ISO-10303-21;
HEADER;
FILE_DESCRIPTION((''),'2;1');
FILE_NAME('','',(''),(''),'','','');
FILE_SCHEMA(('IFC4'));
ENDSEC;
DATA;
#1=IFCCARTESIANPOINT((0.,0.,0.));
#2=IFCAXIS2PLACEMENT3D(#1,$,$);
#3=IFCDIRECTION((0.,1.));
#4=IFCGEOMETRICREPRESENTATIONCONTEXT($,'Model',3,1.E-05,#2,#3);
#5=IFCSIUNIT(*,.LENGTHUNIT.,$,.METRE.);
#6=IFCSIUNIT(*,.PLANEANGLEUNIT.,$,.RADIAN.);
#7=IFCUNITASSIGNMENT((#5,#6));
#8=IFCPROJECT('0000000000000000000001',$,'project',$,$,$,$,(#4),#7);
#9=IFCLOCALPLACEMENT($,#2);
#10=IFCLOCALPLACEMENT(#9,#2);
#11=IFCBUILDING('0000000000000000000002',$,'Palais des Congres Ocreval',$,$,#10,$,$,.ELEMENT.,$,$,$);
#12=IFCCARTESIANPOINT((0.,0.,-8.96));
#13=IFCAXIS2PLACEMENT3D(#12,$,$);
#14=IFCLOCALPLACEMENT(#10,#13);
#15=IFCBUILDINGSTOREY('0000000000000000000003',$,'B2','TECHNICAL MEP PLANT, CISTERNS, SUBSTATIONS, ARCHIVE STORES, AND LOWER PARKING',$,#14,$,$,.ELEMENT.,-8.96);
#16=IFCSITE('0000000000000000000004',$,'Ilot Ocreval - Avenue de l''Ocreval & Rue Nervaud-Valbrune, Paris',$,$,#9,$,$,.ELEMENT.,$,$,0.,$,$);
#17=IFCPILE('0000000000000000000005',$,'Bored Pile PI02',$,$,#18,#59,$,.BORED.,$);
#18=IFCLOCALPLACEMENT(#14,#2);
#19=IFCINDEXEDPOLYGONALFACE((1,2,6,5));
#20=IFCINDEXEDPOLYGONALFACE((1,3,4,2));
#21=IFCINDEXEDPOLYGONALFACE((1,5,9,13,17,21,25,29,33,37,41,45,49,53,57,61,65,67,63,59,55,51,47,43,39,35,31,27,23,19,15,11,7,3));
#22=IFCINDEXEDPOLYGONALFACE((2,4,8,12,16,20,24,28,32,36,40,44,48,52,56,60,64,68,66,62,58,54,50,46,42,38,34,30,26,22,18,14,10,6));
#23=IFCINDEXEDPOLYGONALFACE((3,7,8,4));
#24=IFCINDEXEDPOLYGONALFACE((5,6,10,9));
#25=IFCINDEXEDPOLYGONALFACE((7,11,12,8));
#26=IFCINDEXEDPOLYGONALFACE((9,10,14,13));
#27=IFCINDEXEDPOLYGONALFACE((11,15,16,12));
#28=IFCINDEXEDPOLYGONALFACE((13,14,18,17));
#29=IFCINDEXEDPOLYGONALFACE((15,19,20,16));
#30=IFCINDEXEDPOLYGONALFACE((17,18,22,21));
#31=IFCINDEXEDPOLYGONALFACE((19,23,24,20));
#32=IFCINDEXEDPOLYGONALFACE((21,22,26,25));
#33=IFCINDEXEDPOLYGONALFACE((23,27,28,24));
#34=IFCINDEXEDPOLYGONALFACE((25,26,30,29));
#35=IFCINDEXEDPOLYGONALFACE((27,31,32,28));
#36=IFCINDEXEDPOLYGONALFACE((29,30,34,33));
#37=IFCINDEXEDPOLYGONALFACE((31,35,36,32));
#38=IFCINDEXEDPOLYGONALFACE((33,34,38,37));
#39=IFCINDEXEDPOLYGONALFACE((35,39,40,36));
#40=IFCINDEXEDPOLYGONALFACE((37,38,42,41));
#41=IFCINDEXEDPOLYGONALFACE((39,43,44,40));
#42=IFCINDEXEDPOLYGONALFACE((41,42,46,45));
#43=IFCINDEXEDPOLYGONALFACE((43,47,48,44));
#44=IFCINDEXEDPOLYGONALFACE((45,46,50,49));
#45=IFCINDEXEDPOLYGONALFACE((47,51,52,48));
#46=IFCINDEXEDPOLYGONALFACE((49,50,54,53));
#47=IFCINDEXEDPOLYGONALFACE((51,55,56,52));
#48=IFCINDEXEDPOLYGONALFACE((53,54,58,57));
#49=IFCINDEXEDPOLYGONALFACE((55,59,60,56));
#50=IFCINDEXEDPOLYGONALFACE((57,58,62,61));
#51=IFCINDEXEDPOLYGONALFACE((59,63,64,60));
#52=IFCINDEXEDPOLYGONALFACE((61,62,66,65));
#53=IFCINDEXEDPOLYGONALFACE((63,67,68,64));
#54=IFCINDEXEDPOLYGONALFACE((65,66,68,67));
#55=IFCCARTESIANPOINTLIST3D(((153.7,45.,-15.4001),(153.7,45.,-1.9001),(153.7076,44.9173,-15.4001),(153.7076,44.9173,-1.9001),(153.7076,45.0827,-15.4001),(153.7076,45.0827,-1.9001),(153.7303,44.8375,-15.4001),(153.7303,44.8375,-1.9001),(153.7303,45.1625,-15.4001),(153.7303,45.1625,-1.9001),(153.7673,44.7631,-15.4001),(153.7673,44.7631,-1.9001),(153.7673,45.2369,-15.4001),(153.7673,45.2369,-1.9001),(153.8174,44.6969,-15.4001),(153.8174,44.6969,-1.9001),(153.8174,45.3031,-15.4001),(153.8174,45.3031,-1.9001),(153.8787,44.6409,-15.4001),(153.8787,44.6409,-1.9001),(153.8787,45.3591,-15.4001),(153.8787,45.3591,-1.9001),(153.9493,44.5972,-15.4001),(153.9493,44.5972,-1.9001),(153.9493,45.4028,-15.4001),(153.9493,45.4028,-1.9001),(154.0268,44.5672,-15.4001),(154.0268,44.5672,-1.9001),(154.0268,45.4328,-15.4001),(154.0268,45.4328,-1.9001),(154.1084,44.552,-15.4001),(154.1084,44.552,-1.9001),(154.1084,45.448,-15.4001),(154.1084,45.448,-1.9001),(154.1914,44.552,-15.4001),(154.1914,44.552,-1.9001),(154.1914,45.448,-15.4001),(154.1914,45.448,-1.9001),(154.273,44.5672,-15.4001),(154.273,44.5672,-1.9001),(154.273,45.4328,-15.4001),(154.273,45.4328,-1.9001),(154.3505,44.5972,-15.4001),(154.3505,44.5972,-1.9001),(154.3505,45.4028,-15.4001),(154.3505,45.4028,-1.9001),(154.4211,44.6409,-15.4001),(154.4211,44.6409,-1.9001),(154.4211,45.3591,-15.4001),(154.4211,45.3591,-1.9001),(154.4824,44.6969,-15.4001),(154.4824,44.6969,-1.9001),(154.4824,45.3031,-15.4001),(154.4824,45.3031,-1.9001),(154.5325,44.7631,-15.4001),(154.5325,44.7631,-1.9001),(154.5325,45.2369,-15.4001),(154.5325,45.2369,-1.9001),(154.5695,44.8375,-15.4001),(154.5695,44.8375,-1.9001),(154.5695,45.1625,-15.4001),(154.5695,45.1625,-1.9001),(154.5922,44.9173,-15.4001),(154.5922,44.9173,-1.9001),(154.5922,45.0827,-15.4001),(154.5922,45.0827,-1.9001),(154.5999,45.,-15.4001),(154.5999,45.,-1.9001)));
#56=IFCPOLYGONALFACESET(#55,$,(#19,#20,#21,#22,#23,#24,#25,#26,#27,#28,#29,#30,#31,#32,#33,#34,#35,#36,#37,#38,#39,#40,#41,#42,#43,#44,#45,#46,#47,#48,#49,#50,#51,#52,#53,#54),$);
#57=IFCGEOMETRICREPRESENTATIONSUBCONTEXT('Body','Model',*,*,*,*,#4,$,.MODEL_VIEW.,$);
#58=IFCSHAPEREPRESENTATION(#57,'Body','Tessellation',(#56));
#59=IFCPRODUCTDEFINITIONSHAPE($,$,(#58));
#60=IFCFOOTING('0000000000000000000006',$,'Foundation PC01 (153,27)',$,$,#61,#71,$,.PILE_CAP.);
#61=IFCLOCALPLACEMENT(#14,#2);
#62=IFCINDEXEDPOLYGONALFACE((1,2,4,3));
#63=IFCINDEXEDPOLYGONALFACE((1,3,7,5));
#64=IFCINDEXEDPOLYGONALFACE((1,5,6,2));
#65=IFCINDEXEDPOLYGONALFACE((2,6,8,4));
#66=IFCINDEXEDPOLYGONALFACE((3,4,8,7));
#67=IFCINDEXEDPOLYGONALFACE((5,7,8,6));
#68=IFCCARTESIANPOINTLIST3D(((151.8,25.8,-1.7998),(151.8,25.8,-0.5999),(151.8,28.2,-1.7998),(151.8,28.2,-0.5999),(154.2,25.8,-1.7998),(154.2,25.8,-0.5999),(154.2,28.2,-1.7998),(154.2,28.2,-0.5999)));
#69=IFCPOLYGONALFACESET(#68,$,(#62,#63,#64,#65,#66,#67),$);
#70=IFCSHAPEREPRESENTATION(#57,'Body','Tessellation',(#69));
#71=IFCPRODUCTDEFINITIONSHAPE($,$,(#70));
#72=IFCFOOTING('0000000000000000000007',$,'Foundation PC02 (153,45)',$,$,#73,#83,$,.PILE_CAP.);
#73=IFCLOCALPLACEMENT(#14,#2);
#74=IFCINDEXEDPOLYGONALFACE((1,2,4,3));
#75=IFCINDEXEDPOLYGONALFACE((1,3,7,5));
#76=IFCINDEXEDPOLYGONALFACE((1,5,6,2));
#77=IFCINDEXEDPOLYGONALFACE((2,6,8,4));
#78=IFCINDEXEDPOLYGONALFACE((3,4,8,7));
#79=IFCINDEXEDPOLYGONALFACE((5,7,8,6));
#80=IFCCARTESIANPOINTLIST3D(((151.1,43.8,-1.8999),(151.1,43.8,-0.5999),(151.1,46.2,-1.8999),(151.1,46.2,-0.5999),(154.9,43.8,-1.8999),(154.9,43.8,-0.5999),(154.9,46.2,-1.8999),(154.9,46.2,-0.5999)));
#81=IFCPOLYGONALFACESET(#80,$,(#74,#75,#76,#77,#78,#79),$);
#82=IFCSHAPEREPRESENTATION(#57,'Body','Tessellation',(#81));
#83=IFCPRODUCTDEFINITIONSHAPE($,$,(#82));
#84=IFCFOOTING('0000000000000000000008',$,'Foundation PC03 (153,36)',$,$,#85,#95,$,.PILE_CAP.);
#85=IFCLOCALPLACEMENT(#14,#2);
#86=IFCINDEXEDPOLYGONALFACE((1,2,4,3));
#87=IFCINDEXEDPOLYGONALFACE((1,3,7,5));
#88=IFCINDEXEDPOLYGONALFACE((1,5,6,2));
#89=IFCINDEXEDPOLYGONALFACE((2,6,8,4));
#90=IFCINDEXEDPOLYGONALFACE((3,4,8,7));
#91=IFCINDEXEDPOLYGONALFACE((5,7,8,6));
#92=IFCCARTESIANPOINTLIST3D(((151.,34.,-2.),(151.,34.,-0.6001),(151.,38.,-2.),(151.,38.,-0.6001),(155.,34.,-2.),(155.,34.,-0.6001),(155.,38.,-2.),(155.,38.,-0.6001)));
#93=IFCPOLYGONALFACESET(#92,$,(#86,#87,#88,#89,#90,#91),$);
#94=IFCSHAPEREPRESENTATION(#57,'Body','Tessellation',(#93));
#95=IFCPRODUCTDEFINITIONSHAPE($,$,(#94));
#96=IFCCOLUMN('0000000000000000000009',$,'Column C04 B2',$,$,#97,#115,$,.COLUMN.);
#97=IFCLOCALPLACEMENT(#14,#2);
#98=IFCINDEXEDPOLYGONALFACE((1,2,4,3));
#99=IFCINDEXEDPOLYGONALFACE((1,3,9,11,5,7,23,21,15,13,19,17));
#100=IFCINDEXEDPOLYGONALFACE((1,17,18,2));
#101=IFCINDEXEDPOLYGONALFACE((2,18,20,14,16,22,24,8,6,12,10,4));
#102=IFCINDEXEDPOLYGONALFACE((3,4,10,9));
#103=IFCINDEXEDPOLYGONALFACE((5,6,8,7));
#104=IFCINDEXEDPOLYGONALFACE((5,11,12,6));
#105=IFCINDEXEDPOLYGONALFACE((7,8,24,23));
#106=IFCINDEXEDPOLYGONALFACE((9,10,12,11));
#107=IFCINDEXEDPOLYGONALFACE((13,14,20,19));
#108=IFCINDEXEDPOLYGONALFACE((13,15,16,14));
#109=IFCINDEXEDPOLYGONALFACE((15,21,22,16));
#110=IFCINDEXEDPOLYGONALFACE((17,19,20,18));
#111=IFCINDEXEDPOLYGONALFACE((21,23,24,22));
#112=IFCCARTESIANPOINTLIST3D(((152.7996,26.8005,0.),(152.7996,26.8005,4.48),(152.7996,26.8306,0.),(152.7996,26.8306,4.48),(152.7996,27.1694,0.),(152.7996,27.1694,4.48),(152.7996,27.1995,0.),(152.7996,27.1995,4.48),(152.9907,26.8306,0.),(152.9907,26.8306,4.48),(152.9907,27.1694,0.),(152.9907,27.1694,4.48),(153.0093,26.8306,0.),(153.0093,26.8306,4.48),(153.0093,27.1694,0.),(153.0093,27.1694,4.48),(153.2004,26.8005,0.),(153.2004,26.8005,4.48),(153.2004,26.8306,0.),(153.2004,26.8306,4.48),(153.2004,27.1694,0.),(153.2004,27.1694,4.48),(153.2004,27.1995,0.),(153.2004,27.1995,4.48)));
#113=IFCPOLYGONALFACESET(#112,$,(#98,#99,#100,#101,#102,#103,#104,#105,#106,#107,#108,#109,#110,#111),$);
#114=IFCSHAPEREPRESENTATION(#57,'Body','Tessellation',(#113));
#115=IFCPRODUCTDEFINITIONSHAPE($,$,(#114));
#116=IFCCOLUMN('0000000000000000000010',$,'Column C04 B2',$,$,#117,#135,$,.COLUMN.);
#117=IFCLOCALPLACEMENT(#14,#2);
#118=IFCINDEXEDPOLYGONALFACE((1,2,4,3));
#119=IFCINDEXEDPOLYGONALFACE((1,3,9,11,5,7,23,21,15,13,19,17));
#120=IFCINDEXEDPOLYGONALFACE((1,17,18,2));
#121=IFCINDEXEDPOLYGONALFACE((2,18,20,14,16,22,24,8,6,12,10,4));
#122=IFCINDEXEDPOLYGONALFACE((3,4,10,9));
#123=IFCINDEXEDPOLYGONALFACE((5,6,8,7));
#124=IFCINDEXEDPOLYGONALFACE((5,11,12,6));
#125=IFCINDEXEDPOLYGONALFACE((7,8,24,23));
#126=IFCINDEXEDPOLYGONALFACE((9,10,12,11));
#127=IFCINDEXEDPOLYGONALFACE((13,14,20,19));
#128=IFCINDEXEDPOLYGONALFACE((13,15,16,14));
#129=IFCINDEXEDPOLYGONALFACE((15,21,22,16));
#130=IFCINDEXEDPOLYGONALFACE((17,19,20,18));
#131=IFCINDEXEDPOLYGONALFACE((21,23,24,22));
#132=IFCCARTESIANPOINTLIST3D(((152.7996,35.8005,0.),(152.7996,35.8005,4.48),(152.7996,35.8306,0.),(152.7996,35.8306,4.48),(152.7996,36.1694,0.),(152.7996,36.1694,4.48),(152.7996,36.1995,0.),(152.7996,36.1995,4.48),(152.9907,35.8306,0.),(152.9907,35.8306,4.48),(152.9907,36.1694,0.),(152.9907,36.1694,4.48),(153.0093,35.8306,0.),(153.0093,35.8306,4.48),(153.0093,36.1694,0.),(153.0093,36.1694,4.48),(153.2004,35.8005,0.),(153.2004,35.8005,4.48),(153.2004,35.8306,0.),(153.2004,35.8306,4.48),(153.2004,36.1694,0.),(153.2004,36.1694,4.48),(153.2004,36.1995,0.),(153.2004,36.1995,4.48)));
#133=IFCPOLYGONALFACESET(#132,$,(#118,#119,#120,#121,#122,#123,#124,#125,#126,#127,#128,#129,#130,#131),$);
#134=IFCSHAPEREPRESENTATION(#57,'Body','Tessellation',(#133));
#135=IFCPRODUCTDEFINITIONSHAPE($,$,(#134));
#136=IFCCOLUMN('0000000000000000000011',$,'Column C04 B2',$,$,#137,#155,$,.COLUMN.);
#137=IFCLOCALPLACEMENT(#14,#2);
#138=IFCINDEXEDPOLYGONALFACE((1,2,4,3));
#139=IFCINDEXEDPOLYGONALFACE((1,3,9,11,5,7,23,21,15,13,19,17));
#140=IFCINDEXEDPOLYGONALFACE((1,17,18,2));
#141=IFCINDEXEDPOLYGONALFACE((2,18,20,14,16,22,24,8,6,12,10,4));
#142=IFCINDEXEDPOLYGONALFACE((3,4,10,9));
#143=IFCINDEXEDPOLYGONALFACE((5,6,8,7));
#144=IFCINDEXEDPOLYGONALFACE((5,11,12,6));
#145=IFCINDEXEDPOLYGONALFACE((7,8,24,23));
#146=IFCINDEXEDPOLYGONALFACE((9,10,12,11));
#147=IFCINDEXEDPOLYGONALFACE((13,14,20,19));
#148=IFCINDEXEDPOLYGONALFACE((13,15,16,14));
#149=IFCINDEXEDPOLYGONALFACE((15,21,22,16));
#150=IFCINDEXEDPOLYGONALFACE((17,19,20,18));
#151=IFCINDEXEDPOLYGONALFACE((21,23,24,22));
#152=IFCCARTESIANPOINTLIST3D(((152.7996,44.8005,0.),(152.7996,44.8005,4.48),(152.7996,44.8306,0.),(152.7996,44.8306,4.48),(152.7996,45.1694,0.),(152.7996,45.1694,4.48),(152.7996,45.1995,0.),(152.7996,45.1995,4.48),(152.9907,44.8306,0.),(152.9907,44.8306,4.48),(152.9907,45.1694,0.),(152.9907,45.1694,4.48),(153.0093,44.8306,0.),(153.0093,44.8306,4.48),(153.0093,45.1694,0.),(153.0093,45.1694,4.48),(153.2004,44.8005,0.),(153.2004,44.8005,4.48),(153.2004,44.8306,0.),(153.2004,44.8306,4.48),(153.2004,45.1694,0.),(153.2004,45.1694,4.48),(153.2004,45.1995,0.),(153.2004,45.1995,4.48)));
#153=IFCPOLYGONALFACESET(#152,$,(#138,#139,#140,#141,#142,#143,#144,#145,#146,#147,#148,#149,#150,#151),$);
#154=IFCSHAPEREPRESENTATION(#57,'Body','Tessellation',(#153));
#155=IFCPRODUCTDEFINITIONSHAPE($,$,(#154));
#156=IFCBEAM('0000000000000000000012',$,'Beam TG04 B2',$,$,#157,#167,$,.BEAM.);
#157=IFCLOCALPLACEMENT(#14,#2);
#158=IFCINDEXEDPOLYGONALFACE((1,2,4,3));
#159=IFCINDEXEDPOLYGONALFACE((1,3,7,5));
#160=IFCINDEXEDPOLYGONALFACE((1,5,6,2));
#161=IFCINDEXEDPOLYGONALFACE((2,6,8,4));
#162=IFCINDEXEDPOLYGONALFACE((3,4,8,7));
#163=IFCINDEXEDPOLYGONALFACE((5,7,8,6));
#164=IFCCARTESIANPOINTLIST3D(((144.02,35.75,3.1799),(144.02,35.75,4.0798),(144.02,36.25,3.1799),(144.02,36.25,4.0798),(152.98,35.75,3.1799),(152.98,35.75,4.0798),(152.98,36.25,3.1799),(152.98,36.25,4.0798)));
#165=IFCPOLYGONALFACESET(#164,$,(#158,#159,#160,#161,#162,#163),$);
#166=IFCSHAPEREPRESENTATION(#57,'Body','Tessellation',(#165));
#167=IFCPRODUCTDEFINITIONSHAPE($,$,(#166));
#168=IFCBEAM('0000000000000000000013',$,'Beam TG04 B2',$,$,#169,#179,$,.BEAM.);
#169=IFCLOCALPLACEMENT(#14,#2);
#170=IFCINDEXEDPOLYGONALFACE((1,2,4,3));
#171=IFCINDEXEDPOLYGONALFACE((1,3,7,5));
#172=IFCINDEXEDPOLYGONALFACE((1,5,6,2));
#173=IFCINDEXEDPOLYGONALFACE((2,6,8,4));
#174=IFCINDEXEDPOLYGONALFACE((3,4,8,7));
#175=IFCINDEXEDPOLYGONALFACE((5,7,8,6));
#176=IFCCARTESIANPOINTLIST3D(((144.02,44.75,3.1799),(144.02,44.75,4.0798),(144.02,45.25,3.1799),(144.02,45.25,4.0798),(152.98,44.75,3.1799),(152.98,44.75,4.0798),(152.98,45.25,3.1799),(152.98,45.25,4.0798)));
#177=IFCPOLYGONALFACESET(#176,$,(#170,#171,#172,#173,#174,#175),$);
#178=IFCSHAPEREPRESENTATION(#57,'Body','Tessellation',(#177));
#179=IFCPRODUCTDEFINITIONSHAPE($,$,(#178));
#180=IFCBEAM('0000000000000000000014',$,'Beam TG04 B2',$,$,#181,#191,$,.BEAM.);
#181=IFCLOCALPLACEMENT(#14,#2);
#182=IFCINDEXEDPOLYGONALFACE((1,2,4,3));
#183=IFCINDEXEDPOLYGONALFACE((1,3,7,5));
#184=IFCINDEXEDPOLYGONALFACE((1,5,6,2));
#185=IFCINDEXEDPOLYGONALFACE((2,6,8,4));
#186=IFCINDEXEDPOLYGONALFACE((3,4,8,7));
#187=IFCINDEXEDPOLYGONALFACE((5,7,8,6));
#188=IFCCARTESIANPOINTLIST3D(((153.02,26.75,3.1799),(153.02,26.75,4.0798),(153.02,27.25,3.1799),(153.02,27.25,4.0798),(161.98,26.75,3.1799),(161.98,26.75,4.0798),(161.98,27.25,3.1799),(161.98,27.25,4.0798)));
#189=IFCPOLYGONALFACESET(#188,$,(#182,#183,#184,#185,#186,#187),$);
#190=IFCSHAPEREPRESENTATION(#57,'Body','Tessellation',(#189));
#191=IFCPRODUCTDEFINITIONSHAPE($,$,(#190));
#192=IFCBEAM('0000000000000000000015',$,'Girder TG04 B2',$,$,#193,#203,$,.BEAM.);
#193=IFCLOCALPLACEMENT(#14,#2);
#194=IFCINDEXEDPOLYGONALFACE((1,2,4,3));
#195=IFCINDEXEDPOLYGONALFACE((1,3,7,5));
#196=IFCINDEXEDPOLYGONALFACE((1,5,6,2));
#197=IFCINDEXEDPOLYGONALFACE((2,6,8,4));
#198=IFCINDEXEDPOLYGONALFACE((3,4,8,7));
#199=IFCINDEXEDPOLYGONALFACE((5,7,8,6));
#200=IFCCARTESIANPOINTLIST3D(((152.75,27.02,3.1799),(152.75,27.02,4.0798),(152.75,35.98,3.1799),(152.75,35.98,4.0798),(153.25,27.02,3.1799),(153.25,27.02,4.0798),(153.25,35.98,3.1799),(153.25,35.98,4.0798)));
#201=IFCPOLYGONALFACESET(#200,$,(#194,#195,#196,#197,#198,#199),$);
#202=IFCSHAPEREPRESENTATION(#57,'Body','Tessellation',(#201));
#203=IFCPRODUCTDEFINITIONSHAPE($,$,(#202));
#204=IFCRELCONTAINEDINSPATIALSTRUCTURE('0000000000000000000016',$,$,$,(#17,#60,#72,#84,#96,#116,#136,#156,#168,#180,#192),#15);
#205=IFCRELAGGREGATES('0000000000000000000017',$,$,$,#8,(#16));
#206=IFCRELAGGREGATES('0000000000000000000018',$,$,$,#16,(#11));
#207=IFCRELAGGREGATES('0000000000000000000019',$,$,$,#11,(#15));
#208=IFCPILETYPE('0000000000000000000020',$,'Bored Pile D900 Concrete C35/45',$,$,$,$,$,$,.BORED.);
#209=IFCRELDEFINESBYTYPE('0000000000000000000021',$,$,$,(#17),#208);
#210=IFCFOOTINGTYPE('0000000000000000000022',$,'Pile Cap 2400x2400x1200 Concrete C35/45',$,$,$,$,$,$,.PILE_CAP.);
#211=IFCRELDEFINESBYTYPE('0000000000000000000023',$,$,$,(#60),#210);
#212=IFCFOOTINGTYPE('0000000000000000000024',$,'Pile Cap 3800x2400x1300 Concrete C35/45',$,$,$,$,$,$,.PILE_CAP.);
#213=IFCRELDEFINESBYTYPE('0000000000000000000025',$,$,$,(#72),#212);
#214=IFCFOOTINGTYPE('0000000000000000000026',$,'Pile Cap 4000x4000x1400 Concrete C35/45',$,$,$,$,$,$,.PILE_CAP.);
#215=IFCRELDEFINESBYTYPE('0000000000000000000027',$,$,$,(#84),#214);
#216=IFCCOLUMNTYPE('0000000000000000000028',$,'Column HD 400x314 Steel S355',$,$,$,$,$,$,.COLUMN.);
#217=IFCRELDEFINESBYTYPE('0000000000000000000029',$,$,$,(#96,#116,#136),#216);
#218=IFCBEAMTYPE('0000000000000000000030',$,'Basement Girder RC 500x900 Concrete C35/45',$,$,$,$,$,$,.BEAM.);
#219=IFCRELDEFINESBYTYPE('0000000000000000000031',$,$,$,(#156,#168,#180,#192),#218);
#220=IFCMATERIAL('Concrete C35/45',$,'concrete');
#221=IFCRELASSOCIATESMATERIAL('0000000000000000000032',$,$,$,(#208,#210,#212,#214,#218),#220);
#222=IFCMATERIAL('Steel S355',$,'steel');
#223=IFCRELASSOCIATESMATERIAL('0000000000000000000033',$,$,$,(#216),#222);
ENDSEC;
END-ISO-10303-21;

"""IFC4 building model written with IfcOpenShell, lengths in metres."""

from ifc_helpers import new_model, si_unit, direction, frame, origin, origin_2d, place, context, subcontext, project, spatial, rectangle, circle, i_section, extrude, material, material_profile, profile_set, type_object, element, save


model = new_model("IFC4")

# Units and contexts
model_context = context("Model", 3, precision=1e-05, world=origin(), true_north=direction((0.0, 1.0)))
body_context = subcontext(model_context, "Body", "Model", "MODEL_VIEW")
ifc_project = project(units=[si_unit("LENGTHUNIT", "METRE"), si_unit("PLANEANGLEUNIT", "RADIAN")], contexts=[model_context])

# Site, building, storey
site_placement = place(None, origin())
site = spatial("IfcSite", under=ifc_project, at=site_placement, Name="Ilot Ocreval - Avenue de l'Ocreval & Rue Nervaud-Valbrune, Paris", CompositionType="ELEMENT", RefElevation=0.0)
building_placement = place(site_placement, origin())
building = spatial("IfcBuilding", under=site, at=building_placement, Name="Palais des Congres Ocreval", CompositionType="ELEMENT")
storey_placement = place(building_placement, frame((0.0, 0.0, -8.96)))
storey = spatial("IfcBuildingStorey", under=building, at=storey_placement, Name="B2", Description="TECHNICAL MEP PLANT, CISTERNS, SUBSTATIONS, ARCHIVE STORES, AND LOWER PARKING", CompositionType="ELEMENT", Elevation=-8.96)

# Pile
ifc_material_1 = material(Name="Concrete C35/45", Category="concrete")
ifc_material_profile_1 = material_profile(ifc_material_1, circle(Radius=0.45, at=origin_2d()), Name="BORED PILE 900")
ifc_profile_set_1 = profile_set([ifc_material_profile_1], Name="Concrete C35/45")
pile_type_1 = type_object("IfcPileType", Name="Bored Pile D900 Concrete C35/45", PredefinedType="BORED", material=ifc_profile_set_1)
for number, where, z_axis, x_axis, name in (
    (1, (154.1499, 45.0, -1.9001), (0.0, 0.0, -1.0), (1.0, 0.0, 0.0), "Bored Pile PI02"),
):
    element("IfcPile", number, at=place(storey_placement, frame(where, z_axis=z_axis, x_axis=x_axis)), inside=storey, type_object=pile_type_1, Name=name, PredefinedType="BORED", context=body_context, shape_type="SweptSolid", body=[
        extrude(circle(Radius=0.45, at=origin_2d()), origin(), (0.0, 0.0, 1.0), 13.5),
    ])

# Footings
footing_type_1 = type_object("IfcFootingType", Name="Pile Cap 2400x2400x1200 Concrete C35/45", PredefinedType="PILE_CAP", material=ifc_material_1)
footing_1_placement = place(storey_placement, frame((153.0, 27.0, -1.7998), z_axis=(0.0, 0.0, 1.0), x_axis=(1.0, 0.0, 0.0)))
element("IfcFooting", 2, at=footing_1_placement, inside=storey, type_object=footing_type_1, Name="Foundation PC01 (153,27)", PredefinedType="PILE_CAP", context=body_context, shape_type="SweptSolid", body=[
    extrude(rectangle(XDim=2.3999, YDim=2.3999, at=origin_2d()), origin(), (0.0, 0.0, 1.0), 1.2),
])
footing_type_2 = type_object("IfcFootingType", Name="Pile Cap 3800x2400x1300 Concrete C35/45", PredefinedType="PILE_CAP", material=ifc_material_1)
footing_2_placement = place(storey_placement, frame((153.0, 45.0, -1.8999), z_axis=(0.0, 0.0, 1.0), x_axis=(1.0, 0.0, 0.0)))
element("IfcFooting", 3, at=footing_2_placement, inside=storey, type_object=footing_type_2, Name="Foundation PC02 (153,45)", PredefinedType="PILE_CAP", context=body_context, shape_type="SweptSolid", body=[
    extrude(rectangle(XDim=3.8, YDim=2.3999, at=origin_2d()), origin(), (0.0, 0.0, 1.0), 1.3),
])
footing_type_3 = type_object("IfcFootingType", Name="Pile Cap 4000x4000x1400 Concrete C35/45", PredefinedType="PILE_CAP", material=ifc_material_1)
footing_3_placement = place(storey_placement, frame((153.0, 36.0, -2.0), z_axis=(0.0, 0.0, 1.0), x_axis=(1.0, 0.0, 0.0)))
element("IfcFooting", 4, at=footing_3_placement, inside=storey, type_object=footing_type_3, Name="Foundation PC03 (153,36)", PredefinedType="PILE_CAP", context=body_context, shape_type="SweptSolid", body=[
    extrude(rectangle(XDim=4.0, YDim=4.0, at=origin_2d()), origin(), (0.0, 0.0, 1.0), 1.3999),
])

# Columns
ifc_material_2 = material(Name="Steel S355", Category="steel")
ifc_material_profile_2 = material_profile(ifc_material_2, i_section(OverallWidth=0.4009, OverallDepth=0.3989, WebThickness=0.0186, FlangeThickness=0.03, at=origin_2d()), Name="HD 400x314")
ifc_profile_set_2 = profile_set([ifc_material_profile_2], Name="Steel S355")
column_type = type_object("IfcColumnType", Name="Column HD 400x314 Steel S355", PredefinedType="COLUMN", material=ifc_profile_set_2)
for number, where, z_axis, x_axis, name in (
    (5, (153.0, 27.0, 0.0), (0.0, 0.0, 1.0), (1.0, 0.0, 0.0), "Column C04 B2"),
    (6, (153.0, 36.0, 0.0), (0.0, 0.0, 1.0), (1.0, 0.0, 0.0), "Column C04 B2"),
    (7, (153.0, 45.0, 0.0), (0.0, 0.0, 1.0), (1.0, 0.0, 0.0), "Column C04 B2"),
):
    element("IfcColumn", number, at=place(storey_placement, frame(where, z_axis=z_axis, x_axis=x_axis)), inside=storey, type_object=column_type, Name=name, PredefinedType="COLUMN", context=body_context, shape_type="SweptSolid", body=[
        extrude(i_section(OverallWidth=0.4009, OverallDepth=0.3989, WebThickness=0.0186, FlangeThickness=0.03, at=origin_2d()), origin(), (0.0, 0.0, 1.0), 4.48),
    ])

# Beams
ifc_material_profile_3 = material_profile(ifc_material_1, rectangle(XDim=0.5, YDim=0.8999, at=origin_2d()), Name="RC 500x900")
ifc_profile_set_3 = profile_set([ifc_material_profile_3], Name="Concrete C35/45")
beam_type = type_object("IfcBeamType", Name="Basement Girder RC 500x900 Concrete C35/45", PredefinedType="BEAM", material=ifc_profile_set_3)
for number, where, z_axis, x_axis, name in (
    (8, (144.02, 36.0, 3.6299), (1.0, 0.0, 0.0), (0.0, 1.0, 0.0), "Beam TG04 B2"),
    (9, (144.02, 45.0, 3.6299), (1.0, 0.0, 0.0), (0.0, 1.0, 0.0), "Beam TG04 B2"),
    (10, (153.02, 27.0, 3.6299), (1.0, 0.0, 0.0), (0.0, 1.0, 0.0), "Beam TG04 B2"),
    (11, (153.0, 27.02, 3.6299), (0.0, 1.0, 0.0), (-1.0, 0.0, 0.0), "Girder TG04 B2"),
):
    element("IfcBeam", number, at=place(storey_placement, frame(where, z_axis=z_axis, x_axis=x_axis)), inside=storey, type_object=beam_type, Name=name, PredefinedType="BEAM", context=body_context, shape_type="SweptSolid", body=[
        extrude(rectangle(XDim=0.5, YDim=0.8999, at=origin_2d()), origin(), (0.0, 0.0, 1.0), 8.96),
    ])

save(model, "model.ifc")
